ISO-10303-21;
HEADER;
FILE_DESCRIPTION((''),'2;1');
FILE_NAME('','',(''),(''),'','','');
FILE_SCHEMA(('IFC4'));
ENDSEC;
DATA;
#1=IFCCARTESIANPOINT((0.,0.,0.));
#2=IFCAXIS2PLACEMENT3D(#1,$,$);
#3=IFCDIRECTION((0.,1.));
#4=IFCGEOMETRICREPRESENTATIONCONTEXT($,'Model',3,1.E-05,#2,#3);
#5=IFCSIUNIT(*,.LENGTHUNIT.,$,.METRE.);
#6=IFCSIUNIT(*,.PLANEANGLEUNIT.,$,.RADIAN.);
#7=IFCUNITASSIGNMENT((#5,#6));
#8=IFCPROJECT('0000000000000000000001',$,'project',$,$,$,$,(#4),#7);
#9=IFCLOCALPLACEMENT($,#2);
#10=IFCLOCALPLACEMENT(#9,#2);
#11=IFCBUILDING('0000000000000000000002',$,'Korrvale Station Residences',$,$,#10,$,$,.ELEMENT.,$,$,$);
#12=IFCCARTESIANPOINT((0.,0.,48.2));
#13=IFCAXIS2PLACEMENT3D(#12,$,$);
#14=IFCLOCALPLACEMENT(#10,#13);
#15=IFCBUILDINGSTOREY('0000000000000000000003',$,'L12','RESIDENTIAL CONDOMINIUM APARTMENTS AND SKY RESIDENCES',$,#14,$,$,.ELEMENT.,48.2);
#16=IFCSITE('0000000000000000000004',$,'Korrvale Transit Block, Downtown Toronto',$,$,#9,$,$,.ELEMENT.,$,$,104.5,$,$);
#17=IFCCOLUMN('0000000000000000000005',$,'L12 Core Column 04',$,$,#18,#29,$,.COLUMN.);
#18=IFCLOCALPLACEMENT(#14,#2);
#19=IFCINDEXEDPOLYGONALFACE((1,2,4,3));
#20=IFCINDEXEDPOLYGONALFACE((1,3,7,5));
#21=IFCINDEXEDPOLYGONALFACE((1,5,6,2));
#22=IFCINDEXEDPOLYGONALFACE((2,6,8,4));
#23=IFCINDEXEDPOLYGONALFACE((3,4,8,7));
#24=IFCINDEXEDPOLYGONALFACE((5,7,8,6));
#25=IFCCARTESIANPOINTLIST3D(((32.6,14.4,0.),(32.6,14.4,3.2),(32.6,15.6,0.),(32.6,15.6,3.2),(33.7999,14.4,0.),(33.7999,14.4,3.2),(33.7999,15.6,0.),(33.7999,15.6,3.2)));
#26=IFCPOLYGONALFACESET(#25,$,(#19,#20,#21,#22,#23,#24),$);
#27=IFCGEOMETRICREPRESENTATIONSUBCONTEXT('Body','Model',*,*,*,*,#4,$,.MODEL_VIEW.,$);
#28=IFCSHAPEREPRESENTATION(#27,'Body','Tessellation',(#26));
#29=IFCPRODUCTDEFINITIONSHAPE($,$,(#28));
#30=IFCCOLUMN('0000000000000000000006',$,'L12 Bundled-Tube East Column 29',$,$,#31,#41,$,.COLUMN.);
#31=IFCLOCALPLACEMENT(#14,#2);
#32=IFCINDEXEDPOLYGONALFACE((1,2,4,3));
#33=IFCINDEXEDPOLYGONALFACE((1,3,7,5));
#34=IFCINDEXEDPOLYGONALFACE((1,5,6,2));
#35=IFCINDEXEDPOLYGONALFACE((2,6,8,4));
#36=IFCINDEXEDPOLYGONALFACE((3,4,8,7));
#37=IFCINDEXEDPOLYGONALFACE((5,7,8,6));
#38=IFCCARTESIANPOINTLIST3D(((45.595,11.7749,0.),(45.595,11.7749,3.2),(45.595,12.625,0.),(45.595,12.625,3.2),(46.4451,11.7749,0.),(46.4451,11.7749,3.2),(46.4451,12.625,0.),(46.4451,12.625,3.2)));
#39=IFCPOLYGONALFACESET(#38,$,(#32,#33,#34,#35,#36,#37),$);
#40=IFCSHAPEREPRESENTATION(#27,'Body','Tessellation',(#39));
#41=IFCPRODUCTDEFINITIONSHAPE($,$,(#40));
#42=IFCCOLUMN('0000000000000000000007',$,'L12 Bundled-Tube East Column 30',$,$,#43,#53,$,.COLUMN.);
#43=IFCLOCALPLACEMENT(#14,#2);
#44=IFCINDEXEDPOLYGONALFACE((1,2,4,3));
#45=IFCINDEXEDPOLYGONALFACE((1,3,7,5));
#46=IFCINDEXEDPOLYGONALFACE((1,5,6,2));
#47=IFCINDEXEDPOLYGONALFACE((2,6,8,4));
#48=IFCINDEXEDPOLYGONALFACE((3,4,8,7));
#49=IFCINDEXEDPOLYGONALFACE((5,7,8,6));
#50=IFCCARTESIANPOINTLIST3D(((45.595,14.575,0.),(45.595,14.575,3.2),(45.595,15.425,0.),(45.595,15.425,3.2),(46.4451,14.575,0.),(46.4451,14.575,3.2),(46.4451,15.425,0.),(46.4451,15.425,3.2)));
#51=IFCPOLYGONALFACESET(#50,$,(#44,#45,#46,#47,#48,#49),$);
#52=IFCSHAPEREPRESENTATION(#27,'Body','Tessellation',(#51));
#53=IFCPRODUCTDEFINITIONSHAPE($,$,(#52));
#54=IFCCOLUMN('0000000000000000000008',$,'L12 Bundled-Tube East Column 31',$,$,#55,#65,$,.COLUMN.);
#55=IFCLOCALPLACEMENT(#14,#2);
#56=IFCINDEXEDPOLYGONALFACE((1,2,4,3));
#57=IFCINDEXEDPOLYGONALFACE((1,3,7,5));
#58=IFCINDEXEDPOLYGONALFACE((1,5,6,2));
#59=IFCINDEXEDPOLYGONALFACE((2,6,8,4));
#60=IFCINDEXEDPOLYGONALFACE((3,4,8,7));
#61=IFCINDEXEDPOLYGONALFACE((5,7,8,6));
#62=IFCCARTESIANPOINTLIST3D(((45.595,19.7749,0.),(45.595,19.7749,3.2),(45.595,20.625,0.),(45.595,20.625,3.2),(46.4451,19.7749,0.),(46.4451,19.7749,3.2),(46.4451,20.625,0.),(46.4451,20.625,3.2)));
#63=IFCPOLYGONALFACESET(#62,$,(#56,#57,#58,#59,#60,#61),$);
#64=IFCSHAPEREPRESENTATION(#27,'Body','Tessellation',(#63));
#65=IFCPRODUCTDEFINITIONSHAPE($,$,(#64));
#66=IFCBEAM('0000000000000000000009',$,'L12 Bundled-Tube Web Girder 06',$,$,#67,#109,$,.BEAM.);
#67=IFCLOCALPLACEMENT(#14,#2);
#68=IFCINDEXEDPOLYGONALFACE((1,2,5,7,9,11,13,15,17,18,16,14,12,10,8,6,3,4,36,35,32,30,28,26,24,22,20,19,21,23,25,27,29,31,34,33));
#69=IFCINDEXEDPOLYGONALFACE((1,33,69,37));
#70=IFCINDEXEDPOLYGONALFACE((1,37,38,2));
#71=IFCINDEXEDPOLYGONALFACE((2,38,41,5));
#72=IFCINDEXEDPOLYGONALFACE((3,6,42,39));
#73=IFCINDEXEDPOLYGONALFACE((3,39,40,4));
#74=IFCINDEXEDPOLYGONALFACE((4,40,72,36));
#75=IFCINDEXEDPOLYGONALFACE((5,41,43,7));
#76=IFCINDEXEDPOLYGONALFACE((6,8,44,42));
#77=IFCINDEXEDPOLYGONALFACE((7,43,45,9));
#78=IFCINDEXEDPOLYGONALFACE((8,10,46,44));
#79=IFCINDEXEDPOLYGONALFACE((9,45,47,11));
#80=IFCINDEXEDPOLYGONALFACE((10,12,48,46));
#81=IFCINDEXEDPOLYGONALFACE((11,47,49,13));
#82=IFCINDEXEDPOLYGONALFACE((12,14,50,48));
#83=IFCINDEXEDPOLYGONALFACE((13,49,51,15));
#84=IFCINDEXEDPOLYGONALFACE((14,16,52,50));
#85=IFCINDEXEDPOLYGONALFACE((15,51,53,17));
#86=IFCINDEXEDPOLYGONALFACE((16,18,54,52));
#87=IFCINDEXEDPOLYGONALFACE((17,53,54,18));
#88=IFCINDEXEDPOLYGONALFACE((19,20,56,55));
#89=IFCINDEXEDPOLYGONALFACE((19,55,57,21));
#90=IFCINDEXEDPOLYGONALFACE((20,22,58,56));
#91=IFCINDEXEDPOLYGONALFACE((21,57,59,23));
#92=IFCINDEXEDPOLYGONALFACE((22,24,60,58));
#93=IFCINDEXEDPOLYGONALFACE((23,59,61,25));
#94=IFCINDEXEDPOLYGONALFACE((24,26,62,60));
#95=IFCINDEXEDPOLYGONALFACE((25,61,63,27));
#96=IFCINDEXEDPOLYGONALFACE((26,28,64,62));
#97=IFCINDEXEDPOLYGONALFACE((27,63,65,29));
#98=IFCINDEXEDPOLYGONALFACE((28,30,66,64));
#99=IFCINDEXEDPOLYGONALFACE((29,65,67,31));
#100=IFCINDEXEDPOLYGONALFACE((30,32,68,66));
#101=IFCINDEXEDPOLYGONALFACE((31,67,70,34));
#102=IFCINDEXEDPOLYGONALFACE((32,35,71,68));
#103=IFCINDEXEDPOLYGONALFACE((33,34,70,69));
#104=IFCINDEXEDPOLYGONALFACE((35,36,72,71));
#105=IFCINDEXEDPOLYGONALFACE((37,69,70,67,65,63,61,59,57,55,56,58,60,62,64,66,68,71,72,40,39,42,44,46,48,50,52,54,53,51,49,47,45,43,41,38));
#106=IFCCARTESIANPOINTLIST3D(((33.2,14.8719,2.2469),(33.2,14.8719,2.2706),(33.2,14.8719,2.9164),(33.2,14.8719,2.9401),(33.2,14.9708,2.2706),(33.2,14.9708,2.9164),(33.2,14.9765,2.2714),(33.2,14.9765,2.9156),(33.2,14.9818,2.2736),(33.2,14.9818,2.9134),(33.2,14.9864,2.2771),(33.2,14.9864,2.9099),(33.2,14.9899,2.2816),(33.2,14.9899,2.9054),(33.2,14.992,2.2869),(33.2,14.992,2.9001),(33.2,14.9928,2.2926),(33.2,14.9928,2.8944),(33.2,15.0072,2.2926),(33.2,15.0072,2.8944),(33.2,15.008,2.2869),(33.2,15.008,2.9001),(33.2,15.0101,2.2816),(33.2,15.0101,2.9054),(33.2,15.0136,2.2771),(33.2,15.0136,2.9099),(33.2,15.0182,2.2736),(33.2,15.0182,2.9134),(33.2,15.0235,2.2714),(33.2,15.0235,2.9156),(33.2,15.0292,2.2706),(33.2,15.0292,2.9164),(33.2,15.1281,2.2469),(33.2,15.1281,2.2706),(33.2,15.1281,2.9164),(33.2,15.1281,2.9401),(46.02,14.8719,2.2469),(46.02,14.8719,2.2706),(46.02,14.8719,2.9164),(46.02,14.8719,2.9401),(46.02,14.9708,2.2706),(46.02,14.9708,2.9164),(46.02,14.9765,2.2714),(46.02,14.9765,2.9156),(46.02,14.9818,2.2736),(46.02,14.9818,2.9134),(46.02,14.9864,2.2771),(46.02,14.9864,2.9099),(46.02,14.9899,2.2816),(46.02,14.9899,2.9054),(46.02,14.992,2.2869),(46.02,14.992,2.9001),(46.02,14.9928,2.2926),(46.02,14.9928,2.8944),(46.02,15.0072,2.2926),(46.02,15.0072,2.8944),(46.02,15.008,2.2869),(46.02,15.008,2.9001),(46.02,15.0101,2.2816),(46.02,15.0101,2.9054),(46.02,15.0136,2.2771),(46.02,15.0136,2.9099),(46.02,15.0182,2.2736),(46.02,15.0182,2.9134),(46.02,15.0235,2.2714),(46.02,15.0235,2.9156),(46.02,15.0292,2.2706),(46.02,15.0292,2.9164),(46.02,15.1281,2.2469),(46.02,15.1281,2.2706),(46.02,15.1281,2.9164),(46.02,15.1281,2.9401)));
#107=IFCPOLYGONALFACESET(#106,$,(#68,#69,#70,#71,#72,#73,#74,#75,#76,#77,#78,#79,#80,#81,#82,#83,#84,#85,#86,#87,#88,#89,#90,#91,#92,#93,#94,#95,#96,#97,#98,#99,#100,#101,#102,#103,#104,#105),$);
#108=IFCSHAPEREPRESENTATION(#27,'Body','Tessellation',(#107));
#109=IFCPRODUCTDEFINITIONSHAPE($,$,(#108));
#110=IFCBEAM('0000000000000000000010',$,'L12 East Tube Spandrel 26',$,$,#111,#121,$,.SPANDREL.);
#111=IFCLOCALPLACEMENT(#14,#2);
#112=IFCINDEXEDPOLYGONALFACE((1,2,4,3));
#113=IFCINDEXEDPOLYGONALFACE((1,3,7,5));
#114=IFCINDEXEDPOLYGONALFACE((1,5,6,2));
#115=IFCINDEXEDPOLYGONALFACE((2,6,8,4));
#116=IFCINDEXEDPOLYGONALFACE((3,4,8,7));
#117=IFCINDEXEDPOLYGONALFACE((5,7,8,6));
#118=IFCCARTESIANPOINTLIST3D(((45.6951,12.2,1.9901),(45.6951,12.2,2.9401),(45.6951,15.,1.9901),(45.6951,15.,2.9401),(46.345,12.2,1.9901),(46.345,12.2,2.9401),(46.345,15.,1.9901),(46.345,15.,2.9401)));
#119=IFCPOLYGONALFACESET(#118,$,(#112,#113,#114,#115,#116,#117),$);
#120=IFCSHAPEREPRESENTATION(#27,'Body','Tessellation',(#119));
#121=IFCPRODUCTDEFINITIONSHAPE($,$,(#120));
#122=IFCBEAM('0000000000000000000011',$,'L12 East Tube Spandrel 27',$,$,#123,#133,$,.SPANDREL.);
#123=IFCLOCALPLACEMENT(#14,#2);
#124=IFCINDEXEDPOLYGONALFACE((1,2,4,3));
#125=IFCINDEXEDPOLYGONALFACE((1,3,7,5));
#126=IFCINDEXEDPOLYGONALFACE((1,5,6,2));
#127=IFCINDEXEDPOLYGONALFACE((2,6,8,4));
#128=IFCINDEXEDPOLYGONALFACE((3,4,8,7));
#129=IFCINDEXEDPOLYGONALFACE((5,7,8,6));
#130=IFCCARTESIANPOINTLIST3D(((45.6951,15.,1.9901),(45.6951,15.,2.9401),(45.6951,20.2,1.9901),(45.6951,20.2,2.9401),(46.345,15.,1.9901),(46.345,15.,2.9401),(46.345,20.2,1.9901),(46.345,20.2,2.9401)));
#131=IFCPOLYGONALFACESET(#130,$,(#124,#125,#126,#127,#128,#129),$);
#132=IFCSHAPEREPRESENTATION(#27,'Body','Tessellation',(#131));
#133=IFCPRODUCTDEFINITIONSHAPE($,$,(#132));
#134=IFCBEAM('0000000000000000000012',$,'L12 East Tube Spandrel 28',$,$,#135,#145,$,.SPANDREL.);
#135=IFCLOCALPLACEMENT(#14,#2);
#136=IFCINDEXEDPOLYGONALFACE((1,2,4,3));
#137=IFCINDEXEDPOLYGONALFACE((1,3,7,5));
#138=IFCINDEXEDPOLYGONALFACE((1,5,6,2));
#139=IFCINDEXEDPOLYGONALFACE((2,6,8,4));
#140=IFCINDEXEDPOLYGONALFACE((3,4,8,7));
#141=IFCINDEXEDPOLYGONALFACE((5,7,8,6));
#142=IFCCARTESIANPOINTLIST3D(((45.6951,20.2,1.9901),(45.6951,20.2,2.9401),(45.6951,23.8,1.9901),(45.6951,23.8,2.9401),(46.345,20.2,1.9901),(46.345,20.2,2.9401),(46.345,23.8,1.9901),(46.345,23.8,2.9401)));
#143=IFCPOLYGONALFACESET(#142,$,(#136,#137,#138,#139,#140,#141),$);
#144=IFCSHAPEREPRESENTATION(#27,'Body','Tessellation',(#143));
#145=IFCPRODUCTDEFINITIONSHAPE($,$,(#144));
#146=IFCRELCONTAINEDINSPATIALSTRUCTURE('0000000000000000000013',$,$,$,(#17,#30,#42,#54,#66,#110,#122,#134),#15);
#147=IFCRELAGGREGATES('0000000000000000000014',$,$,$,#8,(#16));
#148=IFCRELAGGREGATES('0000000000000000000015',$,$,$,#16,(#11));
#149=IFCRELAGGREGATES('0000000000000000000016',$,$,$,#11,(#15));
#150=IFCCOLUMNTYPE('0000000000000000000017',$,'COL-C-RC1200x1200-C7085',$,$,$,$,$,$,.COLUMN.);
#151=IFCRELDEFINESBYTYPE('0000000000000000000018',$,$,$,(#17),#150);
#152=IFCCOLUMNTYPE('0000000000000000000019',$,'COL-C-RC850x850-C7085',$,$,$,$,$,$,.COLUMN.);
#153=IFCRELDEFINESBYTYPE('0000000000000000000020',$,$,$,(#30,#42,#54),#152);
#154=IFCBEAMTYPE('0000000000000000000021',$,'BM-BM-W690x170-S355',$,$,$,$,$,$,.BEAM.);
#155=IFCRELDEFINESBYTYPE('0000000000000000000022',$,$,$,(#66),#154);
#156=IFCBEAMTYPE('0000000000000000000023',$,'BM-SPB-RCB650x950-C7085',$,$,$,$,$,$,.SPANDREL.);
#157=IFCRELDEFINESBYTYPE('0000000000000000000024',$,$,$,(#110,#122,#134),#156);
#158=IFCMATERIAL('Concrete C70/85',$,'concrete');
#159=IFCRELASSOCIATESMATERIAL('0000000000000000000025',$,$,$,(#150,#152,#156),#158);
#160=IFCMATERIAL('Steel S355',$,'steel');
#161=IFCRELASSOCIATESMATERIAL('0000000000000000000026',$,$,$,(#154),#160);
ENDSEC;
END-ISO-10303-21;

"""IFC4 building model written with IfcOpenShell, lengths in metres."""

from ifc_helpers import new_model, si_unit, direction, frame, origin, origin_2d, place, context, subcontext, project, spatial, rectangle, i_section, extrude, material, material_profile, profile_set, type_object, element, save


model = new_model("IFC4")

# Units and contexts
model_context = context("Model", 3, precision=1e-05, world=origin(), true_north=direction((0.0, 1.0)))
body_context = subcontext(model_context, "Body", "Model", "MODEL_VIEW")
ifc_project = project(units=[si_unit("LENGTHUNIT", "METRE"), si_unit("PLANEANGLEUNIT", "RADIAN")], contexts=[model_context])

# Site, building, storey
site_placement = place(None, origin())
site = spatial("IfcSite", under=ifc_project, at=site_placement, Name="Korrvale Transit Block, Downtown Toronto", CompositionType="ELEMENT", RefElevation=104.5)
building_placement = place(site_placement, origin())
building = spatial("IfcBuilding", under=site, at=building_placement, Name="Korrvale Station Residences", CompositionType="ELEMENT")
storey_placement = place(building_placement, frame((0.0, 0.0, 48.2)))
storey = spatial("IfcBuildingStorey", under=building, at=storey_placement, Name="L12", Description="RESIDENTIAL CONDOMINIUM APARTMENTS AND SKY RESIDENCES", CompositionType="ELEMENT", Elevation=48.2)

# Columns
ifc_material_1 = material(Name="Concrete C70/85", Category="concrete")
ifc_material_profile_1 = material_profile(ifc_material_1, rectangle(XDim=1.2, YDim=1.2, at=origin_2d()), Name="RC1200x1200")
ifc_profile_set_1 = profile_set([ifc_material_profile_1], Name="Concrete C70/85")
column_type_1 = type_object("IfcColumnType", Name="COL-C-RC1200x1200-C7085", PredefinedType="COLUMN", material=ifc_profile_set_1)
column_placement = place(storey_placement, frame((33.2, 15.0, 0.0), z_axis=(0.0, 0.0, 1.0), x_axis=(1.0, 0.0, 0.0)))
element("IfcColumn", 1, at=column_placement, inside=storey, type_object=column_type_1, Name="L12 Core Column 04", PredefinedType="COLUMN", context=body_context, shape_type="SweptSolid", body=[
    extrude(rectangle(XDim=1.2, YDim=1.2, at=origin_2d()), origin(), (0.0, 0.0, 1.0), 3.2),
])
ifc_material_profile_2 = material_profile(ifc_material_1, rectangle(XDim=0.8501, YDim=0.8501, at=origin_2d()), Name="RC850x850")
ifc_profile_set_2 = profile_set([ifc_material_profile_2], Name="Concrete C70/85")
column_type_2 = type_object("IfcColumnType", Name="COL-C-RC850x850-C7085", PredefinedType="COLUMN", material=ifc_profile_set_2)
for number, where, z_axis, x_axis, name in (
    (2, (46.02, 12.2, 0.0), (0.0, 0.0, 1.0), (1.0, 0.0, 0.0), "L12 Bundled-Tube East Column 29"),
    (3, (46.02, 15.0, 0.0), (0.0, 0.0, 1.0), (1.0, 0.0, 0.0), "L12 Bundled-Tube East Column 30"),
    (4, (46.02, 20.2, 0.0), (0.0, 0.0, 1.0), (1.0, 0.0, 0.0), "L12 Bundled-Tube East Column 31"),
):
    element("IfcColumn", number, at=place(storey_placement, frame(where, z_axis=z_axis, x_axis=x_axis)), inside=storey, type_object=column_type_2, Name=name, PredefinedType="COLUMN", context=body_context, shape_type="SweptSolid", body=[
        extrude(rectangle(XDim=0.8501, YDim=0.8501, at=origin_2d()), origin(), (0.0, 0.0, 1.0), 3.2),
    ])

# Beams
ifc_material_2 = material(Name="Steel S355", Category="steel")
ifc_material_profile_3 = material_profile(ifc_material_2, i_section(OverallWidth=0.2561, OverallDepth=0.6931, WebThickness=0.0144, FlangeThickness=0.0237, FilletRadius=0.022, at=origin_2d()), Name="W690x170")
ifc_profile_set_3 = profile_set([ifc_material_profile_3], Name="Steel S355")
beam_type_1 = type_object("IfcBeamType", Name="BM-BM-W690x170-S355", PredefinedType="BEAM", material=ifc_profile_set_3)
beam_1_placement = place(storey_placement, frame((33.2, 15.0, 2.5935), z_axis=(1.0, 0.0, 0.0), x_axis=(0.0, 1.0, 0.0)))
element("IfcBeam", 5, at=beam_1_placement, inside=storey, type_object=beam_type_1, Name="L12 Bundled-Tube Web Girder 06", PredefinedType="BEAM", context=body_context, shape_type="SweptSolid", body=[
    extrude(i_section(OverallWidth=0.2561, OverallDepth=0.6931, WebThickness=0.0144, FlangeThickness=0.0237, FilletRadius=0.022, at=origin_2d()), origin(), (0.0, 0.0, 1.0), 12.8201),
])
ifc_material_profile_4 = material_profile(ifc_material_1, rectangle(XDim=0.6499, YDim=0.95, at=origin_2d()), Name="RCB650x950")
ifc_profile_set_4 = profile_set([ifc_material_profile_4], Name="Concrete C70/85")
beam_type_2 = type_object("IfcBeamType", Name="BM-SPB-RCB650x950-C7085", PredefinedType="SPANDREL", material=ifc_profile_set_4)
beam_2_placement = place(storey_placement, frame((46.02, 12.2, 2.4651), z_axis=(0.0, 1.0, 0.0), x_axis=(-1.0, 0.0, 0.0)))
element("IfcBeam", 6, at=beam_2_placement, inside=storey, type_object=beam_type_2, Name="L12 East Tube Spandrel 26", PredefinedType="SPANDREL", context=body_context, shape_type="SweptSolid", body=[
    extrude(rectangle(XDim=0.6499, YDim=0.95, at=origin_2d()), origin(), (0.0, 0.0, 1.0), 2.8),
])
beam_3_placement = place(storey_placement, frame((46.02, 15.0, 2.4651), z_axis=(0.0, 1.0, 0.0), x_axis=(-1.0, 0.0, 0.0)))
element("IfcBeam", 7, at=beam_3_placement, inside=storey, type_object=beam_type_2, Name="L12 East Tube Spandrel 27", PredefinedType="SPANDREL", context=body_context, shape_type="SweptSolid", body=[
    extrude(rectangle(XDim=0.6499, YDim=0.95, at=origin_2d()), origin(), (0.0, 0.0, 1.0), 5.2),
])
beam_4_placement = place(storey_placement, frame((46.02, 20.2, 2.4651), z_axis=(0.0, 1.0, 0.0), x_axis=(-1.0, 0.0, 0.0)))
element("IfcBeam", 8, at=beam_4_placement, inside=storey, type_object=beam_type_2, Name="L12 East Tube Spandrel 28", PredefinedType="SPANDREL", context=body_context, shape_type="SweptSolid", body=[
    extrude(rectangle(XDim=0.6499, YDim=0.95, at=origin_2d()), origin(), (0.0, 0.0, 1.0), 3.6001),
])

save(model, "model.ifc")
